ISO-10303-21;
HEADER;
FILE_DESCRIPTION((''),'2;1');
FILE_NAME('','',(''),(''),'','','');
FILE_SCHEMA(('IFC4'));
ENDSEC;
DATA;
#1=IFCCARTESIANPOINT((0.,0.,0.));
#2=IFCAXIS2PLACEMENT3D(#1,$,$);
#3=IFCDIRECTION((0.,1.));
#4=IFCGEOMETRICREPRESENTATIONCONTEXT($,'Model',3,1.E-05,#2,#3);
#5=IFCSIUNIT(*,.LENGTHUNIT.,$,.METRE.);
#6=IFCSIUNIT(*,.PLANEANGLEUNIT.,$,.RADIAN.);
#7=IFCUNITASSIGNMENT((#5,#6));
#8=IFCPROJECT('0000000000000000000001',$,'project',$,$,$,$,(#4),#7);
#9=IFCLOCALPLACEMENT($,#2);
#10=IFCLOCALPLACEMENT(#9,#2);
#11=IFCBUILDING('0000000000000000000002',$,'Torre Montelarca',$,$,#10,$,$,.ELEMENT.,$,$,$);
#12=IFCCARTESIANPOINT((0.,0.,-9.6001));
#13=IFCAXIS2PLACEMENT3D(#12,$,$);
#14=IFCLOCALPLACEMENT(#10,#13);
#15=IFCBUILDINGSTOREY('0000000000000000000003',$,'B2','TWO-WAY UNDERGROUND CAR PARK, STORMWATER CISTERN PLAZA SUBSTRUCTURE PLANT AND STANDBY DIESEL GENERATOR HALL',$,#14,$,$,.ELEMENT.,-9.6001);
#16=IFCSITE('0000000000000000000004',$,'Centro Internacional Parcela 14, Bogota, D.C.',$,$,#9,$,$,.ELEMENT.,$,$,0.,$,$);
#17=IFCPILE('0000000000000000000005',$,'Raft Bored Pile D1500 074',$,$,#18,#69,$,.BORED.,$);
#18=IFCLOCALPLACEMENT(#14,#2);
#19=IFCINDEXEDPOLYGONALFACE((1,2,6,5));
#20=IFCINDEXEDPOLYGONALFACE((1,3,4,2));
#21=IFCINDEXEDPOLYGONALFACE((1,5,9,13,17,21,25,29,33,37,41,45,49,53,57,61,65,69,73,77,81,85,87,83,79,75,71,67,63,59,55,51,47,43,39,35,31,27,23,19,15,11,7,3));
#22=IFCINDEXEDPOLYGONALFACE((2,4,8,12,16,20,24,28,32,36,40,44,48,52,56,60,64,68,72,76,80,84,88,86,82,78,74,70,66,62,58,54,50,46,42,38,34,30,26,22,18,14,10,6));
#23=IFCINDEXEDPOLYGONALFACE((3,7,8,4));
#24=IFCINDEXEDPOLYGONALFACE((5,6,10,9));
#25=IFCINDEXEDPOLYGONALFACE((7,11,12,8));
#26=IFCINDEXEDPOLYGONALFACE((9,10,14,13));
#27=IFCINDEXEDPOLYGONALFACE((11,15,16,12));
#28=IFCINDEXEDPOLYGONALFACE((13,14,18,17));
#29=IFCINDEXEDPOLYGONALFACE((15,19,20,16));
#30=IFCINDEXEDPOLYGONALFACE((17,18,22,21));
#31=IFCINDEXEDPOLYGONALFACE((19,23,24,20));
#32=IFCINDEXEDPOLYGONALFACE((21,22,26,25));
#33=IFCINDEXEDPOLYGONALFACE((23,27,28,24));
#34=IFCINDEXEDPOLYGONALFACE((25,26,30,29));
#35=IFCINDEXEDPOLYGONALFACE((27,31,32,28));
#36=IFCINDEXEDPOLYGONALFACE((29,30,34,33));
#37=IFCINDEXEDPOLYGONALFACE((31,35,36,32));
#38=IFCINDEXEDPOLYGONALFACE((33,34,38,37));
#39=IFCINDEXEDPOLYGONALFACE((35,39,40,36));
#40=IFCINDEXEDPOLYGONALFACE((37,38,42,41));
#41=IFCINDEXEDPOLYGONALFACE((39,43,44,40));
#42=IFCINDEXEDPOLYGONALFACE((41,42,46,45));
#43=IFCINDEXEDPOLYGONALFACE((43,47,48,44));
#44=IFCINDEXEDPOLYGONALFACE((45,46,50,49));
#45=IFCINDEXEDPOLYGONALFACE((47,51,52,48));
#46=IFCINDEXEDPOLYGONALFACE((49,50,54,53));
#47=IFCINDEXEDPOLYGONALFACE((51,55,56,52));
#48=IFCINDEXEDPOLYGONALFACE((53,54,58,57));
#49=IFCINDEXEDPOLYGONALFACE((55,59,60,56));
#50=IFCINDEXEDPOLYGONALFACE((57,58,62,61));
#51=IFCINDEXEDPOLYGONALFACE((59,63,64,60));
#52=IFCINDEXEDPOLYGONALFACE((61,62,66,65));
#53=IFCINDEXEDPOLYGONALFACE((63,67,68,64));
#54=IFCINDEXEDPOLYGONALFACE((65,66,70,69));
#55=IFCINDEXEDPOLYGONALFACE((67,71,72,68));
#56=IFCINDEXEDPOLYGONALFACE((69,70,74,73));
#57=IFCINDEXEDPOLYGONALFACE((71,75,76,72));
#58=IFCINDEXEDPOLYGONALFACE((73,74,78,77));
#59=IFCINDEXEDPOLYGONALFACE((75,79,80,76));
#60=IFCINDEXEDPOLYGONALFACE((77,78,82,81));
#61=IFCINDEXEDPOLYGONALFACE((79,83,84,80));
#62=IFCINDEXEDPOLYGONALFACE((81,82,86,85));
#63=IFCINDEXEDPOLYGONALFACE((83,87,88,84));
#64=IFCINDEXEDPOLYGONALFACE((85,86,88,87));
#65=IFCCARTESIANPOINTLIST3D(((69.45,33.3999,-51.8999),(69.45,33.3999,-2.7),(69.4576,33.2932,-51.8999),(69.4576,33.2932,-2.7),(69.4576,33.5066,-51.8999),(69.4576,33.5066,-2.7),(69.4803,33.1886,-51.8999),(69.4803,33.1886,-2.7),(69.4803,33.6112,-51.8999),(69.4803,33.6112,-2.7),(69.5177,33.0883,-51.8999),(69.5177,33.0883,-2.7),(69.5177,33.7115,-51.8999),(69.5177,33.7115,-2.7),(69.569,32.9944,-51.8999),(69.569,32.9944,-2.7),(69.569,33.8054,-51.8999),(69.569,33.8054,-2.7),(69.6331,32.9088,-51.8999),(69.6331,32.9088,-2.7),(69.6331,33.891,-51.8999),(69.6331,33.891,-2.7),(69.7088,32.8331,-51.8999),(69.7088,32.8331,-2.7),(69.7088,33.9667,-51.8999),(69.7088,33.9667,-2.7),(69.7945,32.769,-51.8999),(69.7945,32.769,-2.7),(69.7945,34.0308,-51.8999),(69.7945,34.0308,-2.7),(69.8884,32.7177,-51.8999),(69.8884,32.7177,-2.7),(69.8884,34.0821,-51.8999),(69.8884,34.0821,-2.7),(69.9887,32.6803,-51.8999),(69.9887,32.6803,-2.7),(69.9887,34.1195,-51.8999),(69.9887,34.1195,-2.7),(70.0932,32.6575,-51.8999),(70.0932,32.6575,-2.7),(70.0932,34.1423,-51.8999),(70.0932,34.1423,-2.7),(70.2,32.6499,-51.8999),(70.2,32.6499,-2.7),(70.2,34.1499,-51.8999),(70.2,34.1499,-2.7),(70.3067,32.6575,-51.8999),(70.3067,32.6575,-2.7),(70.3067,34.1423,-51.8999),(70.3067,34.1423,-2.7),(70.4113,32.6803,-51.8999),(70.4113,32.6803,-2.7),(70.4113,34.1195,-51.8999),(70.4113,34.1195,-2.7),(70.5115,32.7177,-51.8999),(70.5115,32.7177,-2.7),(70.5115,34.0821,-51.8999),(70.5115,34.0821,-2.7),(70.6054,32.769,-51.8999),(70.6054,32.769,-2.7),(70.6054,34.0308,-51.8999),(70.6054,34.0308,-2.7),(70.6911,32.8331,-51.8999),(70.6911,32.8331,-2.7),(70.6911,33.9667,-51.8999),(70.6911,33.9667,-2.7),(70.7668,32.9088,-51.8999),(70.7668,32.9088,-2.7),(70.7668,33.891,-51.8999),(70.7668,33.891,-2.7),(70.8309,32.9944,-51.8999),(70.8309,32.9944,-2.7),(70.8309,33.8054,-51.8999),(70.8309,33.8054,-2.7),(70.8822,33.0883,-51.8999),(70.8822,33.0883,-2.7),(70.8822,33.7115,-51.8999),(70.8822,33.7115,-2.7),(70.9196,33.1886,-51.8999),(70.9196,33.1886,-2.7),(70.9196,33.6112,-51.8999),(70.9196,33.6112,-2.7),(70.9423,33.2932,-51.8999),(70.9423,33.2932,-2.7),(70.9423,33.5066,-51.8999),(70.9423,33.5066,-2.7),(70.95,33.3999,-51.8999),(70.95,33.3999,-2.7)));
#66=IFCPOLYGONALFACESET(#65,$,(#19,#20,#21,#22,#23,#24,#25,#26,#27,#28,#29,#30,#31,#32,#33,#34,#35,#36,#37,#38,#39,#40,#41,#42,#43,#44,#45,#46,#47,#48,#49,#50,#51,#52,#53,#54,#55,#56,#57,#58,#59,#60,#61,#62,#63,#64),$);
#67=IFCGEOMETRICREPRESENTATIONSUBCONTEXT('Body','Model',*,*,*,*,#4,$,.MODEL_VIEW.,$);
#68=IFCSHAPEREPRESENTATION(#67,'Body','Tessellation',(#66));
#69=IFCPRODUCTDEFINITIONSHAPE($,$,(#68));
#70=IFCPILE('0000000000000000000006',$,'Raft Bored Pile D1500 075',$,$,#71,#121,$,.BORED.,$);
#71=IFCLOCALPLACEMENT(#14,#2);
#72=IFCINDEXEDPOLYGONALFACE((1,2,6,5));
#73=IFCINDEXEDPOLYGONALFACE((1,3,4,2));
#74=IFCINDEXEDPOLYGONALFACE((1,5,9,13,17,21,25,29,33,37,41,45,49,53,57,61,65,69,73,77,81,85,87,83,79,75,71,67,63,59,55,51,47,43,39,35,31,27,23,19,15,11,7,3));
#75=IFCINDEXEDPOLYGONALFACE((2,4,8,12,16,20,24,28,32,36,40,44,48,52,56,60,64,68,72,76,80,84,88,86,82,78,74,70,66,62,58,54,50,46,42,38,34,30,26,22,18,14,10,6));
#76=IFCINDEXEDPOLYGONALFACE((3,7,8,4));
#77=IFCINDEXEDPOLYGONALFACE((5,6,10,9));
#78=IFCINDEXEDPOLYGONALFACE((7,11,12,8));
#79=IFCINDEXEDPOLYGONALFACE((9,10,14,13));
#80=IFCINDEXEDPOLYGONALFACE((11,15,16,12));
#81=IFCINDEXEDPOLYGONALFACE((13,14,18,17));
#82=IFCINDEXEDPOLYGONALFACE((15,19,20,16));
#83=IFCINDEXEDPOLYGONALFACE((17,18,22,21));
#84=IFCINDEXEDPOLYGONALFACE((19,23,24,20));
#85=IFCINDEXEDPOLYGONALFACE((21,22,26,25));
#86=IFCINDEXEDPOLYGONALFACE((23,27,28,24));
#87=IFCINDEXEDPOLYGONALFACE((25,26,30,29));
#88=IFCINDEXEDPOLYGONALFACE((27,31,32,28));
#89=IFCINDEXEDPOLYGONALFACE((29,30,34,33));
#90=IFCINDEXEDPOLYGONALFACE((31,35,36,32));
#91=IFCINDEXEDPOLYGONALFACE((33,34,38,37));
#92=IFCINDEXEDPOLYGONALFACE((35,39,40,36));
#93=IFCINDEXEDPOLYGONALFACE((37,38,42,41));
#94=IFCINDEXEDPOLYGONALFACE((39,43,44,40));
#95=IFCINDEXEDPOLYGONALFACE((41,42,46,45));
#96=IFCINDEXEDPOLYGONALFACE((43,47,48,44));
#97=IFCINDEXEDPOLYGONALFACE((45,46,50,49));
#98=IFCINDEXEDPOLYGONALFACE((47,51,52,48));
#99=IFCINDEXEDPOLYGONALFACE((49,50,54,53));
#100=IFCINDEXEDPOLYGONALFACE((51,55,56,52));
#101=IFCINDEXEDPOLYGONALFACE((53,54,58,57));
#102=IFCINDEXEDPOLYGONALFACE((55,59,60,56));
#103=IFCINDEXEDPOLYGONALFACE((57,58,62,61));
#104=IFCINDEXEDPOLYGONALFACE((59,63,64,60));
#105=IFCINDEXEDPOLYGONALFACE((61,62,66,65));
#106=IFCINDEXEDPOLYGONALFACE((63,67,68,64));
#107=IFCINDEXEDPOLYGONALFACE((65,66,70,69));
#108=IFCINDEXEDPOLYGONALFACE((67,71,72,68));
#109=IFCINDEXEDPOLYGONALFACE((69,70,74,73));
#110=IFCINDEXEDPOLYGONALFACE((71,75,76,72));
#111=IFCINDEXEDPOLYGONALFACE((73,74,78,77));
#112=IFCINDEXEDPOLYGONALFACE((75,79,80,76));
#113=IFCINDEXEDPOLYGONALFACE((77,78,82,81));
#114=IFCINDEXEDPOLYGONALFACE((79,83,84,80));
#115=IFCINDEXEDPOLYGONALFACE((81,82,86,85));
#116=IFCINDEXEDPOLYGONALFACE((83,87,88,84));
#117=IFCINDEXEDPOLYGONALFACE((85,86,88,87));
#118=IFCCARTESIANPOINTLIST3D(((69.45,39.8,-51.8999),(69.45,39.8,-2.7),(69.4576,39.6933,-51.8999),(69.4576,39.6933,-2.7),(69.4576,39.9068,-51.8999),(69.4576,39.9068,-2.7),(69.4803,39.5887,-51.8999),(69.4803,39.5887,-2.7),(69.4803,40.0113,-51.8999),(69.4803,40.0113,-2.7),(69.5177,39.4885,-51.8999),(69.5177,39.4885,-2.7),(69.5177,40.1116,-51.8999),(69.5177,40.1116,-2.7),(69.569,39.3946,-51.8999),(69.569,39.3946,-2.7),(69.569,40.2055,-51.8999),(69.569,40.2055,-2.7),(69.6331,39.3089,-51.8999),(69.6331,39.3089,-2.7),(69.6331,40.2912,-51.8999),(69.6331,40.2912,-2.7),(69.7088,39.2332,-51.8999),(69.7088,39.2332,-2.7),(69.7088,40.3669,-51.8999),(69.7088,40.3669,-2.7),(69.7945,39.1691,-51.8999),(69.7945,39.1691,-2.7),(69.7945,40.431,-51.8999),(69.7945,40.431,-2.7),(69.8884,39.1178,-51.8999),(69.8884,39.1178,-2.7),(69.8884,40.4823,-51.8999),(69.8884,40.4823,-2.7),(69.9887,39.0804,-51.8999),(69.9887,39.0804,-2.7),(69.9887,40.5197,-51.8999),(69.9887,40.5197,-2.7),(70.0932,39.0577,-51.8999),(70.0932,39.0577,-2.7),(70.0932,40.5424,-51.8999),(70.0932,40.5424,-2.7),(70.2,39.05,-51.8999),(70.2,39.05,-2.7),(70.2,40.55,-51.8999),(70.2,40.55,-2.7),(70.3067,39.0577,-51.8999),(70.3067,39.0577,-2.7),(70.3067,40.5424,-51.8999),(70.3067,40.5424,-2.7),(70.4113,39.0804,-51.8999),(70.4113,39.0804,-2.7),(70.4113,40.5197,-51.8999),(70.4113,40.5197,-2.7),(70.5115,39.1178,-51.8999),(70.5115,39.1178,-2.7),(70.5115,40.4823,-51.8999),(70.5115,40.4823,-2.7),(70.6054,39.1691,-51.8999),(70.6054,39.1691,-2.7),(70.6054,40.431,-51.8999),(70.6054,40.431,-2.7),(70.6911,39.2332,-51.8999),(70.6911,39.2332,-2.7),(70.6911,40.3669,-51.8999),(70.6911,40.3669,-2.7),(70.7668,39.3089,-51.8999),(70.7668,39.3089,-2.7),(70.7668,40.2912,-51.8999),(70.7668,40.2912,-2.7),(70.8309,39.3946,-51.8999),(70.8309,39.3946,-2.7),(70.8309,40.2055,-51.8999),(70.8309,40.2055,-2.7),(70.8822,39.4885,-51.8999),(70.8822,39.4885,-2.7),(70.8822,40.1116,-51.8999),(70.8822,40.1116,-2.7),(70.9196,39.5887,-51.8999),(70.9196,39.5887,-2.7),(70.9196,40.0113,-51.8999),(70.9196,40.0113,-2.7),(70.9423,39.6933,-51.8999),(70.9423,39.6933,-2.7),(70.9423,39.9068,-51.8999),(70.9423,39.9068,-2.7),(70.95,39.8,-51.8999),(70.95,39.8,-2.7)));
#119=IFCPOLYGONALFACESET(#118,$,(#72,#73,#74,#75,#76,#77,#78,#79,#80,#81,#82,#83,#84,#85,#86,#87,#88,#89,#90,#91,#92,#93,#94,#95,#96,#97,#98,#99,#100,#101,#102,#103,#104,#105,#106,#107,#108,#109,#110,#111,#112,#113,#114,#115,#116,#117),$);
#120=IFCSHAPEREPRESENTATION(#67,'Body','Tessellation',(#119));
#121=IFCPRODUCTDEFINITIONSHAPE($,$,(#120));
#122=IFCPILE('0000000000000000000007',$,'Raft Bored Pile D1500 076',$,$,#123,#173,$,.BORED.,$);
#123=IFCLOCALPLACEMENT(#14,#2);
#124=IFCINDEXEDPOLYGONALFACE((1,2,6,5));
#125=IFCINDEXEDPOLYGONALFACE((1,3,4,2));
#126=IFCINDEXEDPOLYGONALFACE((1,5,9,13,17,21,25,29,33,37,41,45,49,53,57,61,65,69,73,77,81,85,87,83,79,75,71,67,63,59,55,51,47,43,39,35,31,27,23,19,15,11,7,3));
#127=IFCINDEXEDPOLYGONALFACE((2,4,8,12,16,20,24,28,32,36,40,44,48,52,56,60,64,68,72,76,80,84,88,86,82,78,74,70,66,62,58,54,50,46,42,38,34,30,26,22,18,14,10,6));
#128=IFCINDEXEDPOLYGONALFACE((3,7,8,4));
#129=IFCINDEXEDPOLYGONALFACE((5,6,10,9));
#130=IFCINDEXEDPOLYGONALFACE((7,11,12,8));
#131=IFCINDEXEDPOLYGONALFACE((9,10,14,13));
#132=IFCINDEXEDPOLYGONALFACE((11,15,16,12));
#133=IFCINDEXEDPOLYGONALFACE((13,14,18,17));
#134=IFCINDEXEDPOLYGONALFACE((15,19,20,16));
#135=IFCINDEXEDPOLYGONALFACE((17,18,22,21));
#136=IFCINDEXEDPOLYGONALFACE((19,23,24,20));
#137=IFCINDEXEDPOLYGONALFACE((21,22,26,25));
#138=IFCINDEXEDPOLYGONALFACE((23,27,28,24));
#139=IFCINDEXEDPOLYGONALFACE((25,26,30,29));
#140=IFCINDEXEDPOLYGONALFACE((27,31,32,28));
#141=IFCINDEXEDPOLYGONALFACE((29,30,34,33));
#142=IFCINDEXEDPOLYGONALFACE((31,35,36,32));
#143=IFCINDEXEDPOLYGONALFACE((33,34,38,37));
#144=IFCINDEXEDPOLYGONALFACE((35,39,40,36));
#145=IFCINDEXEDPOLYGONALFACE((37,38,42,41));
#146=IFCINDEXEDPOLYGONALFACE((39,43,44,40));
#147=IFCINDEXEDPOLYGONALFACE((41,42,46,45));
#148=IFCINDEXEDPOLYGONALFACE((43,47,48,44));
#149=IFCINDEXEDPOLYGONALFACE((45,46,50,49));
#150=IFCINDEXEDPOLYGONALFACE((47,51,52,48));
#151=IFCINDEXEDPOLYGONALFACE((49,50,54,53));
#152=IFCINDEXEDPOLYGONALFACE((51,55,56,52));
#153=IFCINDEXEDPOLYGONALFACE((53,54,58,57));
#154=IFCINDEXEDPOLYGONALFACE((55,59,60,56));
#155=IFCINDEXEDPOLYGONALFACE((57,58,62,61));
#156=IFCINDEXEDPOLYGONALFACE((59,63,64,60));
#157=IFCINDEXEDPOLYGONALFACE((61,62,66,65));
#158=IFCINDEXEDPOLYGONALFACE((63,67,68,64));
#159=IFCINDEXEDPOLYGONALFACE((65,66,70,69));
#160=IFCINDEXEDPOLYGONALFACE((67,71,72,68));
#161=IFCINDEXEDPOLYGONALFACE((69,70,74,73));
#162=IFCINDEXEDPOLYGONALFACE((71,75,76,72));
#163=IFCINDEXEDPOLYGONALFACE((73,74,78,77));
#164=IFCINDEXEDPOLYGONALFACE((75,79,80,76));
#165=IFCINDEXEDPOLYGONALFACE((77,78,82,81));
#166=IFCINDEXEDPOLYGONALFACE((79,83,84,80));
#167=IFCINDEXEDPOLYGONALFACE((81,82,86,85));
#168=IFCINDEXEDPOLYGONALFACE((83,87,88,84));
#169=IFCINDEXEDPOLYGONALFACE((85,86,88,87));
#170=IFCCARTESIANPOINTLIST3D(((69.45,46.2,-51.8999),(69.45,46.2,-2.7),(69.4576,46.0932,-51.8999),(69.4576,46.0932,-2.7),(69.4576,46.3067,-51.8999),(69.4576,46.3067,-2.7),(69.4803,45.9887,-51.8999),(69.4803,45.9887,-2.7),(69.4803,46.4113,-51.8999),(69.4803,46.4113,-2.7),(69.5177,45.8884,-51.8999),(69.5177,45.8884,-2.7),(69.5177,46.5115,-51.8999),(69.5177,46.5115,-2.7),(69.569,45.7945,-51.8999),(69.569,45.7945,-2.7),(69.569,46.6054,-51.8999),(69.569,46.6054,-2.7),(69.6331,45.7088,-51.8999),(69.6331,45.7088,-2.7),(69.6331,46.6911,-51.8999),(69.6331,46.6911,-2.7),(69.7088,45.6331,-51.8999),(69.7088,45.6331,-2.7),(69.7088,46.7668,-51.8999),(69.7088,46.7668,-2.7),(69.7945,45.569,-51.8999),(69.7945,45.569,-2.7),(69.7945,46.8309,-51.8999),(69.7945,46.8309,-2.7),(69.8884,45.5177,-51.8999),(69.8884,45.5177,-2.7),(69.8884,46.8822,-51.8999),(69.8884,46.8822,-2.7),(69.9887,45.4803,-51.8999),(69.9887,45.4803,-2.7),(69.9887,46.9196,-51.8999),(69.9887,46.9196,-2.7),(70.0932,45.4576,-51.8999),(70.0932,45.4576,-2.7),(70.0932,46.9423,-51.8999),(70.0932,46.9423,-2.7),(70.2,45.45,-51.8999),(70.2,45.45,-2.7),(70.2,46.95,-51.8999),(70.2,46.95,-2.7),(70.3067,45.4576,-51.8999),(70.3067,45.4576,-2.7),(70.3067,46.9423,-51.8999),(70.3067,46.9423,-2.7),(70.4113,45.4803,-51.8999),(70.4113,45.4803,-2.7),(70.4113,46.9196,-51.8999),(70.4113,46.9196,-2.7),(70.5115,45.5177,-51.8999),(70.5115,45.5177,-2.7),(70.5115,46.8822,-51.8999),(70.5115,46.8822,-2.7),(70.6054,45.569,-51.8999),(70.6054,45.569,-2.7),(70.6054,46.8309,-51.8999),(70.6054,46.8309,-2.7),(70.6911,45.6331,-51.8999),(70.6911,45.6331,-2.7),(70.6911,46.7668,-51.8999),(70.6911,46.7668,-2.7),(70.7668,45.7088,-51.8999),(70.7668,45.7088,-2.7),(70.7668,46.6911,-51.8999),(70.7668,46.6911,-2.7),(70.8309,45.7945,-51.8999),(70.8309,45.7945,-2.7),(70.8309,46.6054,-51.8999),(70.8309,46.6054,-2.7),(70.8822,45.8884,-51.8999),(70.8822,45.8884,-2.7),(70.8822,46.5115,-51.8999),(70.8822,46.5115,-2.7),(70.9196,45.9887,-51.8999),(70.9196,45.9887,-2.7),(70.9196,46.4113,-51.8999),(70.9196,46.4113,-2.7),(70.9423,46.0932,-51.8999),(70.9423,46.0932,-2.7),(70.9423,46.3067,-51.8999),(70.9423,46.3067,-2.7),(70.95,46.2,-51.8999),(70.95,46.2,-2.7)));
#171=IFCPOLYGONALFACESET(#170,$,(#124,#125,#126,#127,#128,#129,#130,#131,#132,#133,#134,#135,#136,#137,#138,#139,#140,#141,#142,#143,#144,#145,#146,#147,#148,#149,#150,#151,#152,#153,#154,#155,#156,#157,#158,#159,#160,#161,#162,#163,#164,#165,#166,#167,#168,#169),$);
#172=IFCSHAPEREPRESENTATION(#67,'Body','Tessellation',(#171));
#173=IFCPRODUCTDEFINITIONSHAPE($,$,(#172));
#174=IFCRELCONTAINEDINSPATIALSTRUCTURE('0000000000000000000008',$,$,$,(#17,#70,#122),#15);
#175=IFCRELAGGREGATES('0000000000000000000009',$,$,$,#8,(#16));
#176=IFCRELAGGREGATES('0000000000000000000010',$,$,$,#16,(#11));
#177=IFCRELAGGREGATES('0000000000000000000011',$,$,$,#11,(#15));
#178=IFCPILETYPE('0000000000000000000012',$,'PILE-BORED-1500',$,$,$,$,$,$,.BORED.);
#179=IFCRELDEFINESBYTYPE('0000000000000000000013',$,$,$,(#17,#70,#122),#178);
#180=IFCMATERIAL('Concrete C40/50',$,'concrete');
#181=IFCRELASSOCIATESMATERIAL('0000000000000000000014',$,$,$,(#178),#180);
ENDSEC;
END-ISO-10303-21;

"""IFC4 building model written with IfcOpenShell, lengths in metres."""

from ifc_helpers import new_model, si_unit, direction, frame, origin, origin_2d, place, context, subcontext, project, spatial, circle, extrude, source, transform, mapped, material, material_profile, profile_set, type_object, element, save


model = new_model("IFC4")

# Units and contexts
model_context = context("Model", 3, precision=1e-05, world=origin(), true_north=direction((0.0, 1.0)))
body_context = subcontext(model_context, "Body", "Model", "MODEL_VIEW")
ifc_project = project(units=[si_unit("LENGTHUNIT", "METRE"), si_unit("PLANEANGLEUNIT", "RADIAN")], contexts=[model_context])

# Site, building, storey
site_placement = place(None, origin())
site = spatial("IfcSite", under=ifc_project, at=site_placement, Name="Centro Internacional Parcela 14, Bogota, D.C.", CompositionType="ELEMENT", RefElevation=0.0)
building_placement = place(site_placement, origin())
building = spatial("IfcBuilding", under=site, at=building_placement, Name="Torre Montelarca", CompositionType="ELEMENT")
storey_placement = place(building_placement, frame((0.0, 0.0, -9.6001)))
storey = spatial("IfcBuildingStorey", under=building, at=storey_placement, Name="B2", Description="TWO-WAY UNDERGROUND CAR PARK, STORMWATER CISTERN PLAZA SUBSTRUCTURE PLANT AND STANDBY DIESEL GENERATOR HALL", CompositionType="ELEMENT", Elevation=-9.6001)

# Piles
ifc_material_1 = material(Name="Concrete C40/50", Category="concrete")
ifc_material_profile_1 = material_profile(ifc_material_1, circle(Radius=0.75, at=origin_2d()), Name="PILE-D1500", Category="concrete")
ifc_profile_set_1 = profile_set([ifc_material_profile_1], Name="Concrete C40/50")
pile_type = type_object("IfcPileType", Name="PILE-BORED-1500", PredefinedType="BORED", material=ifc_profile_set_1)
shared_shape_1 = source(origin(), body_context, "Body", "SweptSolid", [
    extrude(circle(Radius=0.75, at=origin_2d()), origin(), (0.0, 0.0, 1.0), 49.2),
])
for number, where, z_axis, x_axis, name in (
    (1, (70.2, 33.3999, -2.7), (0.0, 0.0, -1.0), (1.0, 0.0, 0.0), "Raft Bored Pile D1500 074"),
    (2, (70.2, 39.8, -2.7), (0.0, 0.0, -1.0), (1.0, 0.0, 0.0), "Raft Bored Pile D1500 075"),
    (3, (70.2, 46.2, -2.7), (0.0, 0.0, -1.0), (1.0, 0.0, 0.0), "Raft Bored Pile D1500 076"),
):
    element("IfcPile", number, at=place(storey_placement, frame(where, z_axis=z_axis, x_axis=x_axis)), inside=storey, type_object=pile_type, Name=name, PredefinedType="BORED", context=body_context, shape_type="MappedRepresentation", body=[
        mapped(shared_shape_1, transform((0.0, 0.0, 0.0), scale=1.0)),
    ])

save(model, "model.ifc")
